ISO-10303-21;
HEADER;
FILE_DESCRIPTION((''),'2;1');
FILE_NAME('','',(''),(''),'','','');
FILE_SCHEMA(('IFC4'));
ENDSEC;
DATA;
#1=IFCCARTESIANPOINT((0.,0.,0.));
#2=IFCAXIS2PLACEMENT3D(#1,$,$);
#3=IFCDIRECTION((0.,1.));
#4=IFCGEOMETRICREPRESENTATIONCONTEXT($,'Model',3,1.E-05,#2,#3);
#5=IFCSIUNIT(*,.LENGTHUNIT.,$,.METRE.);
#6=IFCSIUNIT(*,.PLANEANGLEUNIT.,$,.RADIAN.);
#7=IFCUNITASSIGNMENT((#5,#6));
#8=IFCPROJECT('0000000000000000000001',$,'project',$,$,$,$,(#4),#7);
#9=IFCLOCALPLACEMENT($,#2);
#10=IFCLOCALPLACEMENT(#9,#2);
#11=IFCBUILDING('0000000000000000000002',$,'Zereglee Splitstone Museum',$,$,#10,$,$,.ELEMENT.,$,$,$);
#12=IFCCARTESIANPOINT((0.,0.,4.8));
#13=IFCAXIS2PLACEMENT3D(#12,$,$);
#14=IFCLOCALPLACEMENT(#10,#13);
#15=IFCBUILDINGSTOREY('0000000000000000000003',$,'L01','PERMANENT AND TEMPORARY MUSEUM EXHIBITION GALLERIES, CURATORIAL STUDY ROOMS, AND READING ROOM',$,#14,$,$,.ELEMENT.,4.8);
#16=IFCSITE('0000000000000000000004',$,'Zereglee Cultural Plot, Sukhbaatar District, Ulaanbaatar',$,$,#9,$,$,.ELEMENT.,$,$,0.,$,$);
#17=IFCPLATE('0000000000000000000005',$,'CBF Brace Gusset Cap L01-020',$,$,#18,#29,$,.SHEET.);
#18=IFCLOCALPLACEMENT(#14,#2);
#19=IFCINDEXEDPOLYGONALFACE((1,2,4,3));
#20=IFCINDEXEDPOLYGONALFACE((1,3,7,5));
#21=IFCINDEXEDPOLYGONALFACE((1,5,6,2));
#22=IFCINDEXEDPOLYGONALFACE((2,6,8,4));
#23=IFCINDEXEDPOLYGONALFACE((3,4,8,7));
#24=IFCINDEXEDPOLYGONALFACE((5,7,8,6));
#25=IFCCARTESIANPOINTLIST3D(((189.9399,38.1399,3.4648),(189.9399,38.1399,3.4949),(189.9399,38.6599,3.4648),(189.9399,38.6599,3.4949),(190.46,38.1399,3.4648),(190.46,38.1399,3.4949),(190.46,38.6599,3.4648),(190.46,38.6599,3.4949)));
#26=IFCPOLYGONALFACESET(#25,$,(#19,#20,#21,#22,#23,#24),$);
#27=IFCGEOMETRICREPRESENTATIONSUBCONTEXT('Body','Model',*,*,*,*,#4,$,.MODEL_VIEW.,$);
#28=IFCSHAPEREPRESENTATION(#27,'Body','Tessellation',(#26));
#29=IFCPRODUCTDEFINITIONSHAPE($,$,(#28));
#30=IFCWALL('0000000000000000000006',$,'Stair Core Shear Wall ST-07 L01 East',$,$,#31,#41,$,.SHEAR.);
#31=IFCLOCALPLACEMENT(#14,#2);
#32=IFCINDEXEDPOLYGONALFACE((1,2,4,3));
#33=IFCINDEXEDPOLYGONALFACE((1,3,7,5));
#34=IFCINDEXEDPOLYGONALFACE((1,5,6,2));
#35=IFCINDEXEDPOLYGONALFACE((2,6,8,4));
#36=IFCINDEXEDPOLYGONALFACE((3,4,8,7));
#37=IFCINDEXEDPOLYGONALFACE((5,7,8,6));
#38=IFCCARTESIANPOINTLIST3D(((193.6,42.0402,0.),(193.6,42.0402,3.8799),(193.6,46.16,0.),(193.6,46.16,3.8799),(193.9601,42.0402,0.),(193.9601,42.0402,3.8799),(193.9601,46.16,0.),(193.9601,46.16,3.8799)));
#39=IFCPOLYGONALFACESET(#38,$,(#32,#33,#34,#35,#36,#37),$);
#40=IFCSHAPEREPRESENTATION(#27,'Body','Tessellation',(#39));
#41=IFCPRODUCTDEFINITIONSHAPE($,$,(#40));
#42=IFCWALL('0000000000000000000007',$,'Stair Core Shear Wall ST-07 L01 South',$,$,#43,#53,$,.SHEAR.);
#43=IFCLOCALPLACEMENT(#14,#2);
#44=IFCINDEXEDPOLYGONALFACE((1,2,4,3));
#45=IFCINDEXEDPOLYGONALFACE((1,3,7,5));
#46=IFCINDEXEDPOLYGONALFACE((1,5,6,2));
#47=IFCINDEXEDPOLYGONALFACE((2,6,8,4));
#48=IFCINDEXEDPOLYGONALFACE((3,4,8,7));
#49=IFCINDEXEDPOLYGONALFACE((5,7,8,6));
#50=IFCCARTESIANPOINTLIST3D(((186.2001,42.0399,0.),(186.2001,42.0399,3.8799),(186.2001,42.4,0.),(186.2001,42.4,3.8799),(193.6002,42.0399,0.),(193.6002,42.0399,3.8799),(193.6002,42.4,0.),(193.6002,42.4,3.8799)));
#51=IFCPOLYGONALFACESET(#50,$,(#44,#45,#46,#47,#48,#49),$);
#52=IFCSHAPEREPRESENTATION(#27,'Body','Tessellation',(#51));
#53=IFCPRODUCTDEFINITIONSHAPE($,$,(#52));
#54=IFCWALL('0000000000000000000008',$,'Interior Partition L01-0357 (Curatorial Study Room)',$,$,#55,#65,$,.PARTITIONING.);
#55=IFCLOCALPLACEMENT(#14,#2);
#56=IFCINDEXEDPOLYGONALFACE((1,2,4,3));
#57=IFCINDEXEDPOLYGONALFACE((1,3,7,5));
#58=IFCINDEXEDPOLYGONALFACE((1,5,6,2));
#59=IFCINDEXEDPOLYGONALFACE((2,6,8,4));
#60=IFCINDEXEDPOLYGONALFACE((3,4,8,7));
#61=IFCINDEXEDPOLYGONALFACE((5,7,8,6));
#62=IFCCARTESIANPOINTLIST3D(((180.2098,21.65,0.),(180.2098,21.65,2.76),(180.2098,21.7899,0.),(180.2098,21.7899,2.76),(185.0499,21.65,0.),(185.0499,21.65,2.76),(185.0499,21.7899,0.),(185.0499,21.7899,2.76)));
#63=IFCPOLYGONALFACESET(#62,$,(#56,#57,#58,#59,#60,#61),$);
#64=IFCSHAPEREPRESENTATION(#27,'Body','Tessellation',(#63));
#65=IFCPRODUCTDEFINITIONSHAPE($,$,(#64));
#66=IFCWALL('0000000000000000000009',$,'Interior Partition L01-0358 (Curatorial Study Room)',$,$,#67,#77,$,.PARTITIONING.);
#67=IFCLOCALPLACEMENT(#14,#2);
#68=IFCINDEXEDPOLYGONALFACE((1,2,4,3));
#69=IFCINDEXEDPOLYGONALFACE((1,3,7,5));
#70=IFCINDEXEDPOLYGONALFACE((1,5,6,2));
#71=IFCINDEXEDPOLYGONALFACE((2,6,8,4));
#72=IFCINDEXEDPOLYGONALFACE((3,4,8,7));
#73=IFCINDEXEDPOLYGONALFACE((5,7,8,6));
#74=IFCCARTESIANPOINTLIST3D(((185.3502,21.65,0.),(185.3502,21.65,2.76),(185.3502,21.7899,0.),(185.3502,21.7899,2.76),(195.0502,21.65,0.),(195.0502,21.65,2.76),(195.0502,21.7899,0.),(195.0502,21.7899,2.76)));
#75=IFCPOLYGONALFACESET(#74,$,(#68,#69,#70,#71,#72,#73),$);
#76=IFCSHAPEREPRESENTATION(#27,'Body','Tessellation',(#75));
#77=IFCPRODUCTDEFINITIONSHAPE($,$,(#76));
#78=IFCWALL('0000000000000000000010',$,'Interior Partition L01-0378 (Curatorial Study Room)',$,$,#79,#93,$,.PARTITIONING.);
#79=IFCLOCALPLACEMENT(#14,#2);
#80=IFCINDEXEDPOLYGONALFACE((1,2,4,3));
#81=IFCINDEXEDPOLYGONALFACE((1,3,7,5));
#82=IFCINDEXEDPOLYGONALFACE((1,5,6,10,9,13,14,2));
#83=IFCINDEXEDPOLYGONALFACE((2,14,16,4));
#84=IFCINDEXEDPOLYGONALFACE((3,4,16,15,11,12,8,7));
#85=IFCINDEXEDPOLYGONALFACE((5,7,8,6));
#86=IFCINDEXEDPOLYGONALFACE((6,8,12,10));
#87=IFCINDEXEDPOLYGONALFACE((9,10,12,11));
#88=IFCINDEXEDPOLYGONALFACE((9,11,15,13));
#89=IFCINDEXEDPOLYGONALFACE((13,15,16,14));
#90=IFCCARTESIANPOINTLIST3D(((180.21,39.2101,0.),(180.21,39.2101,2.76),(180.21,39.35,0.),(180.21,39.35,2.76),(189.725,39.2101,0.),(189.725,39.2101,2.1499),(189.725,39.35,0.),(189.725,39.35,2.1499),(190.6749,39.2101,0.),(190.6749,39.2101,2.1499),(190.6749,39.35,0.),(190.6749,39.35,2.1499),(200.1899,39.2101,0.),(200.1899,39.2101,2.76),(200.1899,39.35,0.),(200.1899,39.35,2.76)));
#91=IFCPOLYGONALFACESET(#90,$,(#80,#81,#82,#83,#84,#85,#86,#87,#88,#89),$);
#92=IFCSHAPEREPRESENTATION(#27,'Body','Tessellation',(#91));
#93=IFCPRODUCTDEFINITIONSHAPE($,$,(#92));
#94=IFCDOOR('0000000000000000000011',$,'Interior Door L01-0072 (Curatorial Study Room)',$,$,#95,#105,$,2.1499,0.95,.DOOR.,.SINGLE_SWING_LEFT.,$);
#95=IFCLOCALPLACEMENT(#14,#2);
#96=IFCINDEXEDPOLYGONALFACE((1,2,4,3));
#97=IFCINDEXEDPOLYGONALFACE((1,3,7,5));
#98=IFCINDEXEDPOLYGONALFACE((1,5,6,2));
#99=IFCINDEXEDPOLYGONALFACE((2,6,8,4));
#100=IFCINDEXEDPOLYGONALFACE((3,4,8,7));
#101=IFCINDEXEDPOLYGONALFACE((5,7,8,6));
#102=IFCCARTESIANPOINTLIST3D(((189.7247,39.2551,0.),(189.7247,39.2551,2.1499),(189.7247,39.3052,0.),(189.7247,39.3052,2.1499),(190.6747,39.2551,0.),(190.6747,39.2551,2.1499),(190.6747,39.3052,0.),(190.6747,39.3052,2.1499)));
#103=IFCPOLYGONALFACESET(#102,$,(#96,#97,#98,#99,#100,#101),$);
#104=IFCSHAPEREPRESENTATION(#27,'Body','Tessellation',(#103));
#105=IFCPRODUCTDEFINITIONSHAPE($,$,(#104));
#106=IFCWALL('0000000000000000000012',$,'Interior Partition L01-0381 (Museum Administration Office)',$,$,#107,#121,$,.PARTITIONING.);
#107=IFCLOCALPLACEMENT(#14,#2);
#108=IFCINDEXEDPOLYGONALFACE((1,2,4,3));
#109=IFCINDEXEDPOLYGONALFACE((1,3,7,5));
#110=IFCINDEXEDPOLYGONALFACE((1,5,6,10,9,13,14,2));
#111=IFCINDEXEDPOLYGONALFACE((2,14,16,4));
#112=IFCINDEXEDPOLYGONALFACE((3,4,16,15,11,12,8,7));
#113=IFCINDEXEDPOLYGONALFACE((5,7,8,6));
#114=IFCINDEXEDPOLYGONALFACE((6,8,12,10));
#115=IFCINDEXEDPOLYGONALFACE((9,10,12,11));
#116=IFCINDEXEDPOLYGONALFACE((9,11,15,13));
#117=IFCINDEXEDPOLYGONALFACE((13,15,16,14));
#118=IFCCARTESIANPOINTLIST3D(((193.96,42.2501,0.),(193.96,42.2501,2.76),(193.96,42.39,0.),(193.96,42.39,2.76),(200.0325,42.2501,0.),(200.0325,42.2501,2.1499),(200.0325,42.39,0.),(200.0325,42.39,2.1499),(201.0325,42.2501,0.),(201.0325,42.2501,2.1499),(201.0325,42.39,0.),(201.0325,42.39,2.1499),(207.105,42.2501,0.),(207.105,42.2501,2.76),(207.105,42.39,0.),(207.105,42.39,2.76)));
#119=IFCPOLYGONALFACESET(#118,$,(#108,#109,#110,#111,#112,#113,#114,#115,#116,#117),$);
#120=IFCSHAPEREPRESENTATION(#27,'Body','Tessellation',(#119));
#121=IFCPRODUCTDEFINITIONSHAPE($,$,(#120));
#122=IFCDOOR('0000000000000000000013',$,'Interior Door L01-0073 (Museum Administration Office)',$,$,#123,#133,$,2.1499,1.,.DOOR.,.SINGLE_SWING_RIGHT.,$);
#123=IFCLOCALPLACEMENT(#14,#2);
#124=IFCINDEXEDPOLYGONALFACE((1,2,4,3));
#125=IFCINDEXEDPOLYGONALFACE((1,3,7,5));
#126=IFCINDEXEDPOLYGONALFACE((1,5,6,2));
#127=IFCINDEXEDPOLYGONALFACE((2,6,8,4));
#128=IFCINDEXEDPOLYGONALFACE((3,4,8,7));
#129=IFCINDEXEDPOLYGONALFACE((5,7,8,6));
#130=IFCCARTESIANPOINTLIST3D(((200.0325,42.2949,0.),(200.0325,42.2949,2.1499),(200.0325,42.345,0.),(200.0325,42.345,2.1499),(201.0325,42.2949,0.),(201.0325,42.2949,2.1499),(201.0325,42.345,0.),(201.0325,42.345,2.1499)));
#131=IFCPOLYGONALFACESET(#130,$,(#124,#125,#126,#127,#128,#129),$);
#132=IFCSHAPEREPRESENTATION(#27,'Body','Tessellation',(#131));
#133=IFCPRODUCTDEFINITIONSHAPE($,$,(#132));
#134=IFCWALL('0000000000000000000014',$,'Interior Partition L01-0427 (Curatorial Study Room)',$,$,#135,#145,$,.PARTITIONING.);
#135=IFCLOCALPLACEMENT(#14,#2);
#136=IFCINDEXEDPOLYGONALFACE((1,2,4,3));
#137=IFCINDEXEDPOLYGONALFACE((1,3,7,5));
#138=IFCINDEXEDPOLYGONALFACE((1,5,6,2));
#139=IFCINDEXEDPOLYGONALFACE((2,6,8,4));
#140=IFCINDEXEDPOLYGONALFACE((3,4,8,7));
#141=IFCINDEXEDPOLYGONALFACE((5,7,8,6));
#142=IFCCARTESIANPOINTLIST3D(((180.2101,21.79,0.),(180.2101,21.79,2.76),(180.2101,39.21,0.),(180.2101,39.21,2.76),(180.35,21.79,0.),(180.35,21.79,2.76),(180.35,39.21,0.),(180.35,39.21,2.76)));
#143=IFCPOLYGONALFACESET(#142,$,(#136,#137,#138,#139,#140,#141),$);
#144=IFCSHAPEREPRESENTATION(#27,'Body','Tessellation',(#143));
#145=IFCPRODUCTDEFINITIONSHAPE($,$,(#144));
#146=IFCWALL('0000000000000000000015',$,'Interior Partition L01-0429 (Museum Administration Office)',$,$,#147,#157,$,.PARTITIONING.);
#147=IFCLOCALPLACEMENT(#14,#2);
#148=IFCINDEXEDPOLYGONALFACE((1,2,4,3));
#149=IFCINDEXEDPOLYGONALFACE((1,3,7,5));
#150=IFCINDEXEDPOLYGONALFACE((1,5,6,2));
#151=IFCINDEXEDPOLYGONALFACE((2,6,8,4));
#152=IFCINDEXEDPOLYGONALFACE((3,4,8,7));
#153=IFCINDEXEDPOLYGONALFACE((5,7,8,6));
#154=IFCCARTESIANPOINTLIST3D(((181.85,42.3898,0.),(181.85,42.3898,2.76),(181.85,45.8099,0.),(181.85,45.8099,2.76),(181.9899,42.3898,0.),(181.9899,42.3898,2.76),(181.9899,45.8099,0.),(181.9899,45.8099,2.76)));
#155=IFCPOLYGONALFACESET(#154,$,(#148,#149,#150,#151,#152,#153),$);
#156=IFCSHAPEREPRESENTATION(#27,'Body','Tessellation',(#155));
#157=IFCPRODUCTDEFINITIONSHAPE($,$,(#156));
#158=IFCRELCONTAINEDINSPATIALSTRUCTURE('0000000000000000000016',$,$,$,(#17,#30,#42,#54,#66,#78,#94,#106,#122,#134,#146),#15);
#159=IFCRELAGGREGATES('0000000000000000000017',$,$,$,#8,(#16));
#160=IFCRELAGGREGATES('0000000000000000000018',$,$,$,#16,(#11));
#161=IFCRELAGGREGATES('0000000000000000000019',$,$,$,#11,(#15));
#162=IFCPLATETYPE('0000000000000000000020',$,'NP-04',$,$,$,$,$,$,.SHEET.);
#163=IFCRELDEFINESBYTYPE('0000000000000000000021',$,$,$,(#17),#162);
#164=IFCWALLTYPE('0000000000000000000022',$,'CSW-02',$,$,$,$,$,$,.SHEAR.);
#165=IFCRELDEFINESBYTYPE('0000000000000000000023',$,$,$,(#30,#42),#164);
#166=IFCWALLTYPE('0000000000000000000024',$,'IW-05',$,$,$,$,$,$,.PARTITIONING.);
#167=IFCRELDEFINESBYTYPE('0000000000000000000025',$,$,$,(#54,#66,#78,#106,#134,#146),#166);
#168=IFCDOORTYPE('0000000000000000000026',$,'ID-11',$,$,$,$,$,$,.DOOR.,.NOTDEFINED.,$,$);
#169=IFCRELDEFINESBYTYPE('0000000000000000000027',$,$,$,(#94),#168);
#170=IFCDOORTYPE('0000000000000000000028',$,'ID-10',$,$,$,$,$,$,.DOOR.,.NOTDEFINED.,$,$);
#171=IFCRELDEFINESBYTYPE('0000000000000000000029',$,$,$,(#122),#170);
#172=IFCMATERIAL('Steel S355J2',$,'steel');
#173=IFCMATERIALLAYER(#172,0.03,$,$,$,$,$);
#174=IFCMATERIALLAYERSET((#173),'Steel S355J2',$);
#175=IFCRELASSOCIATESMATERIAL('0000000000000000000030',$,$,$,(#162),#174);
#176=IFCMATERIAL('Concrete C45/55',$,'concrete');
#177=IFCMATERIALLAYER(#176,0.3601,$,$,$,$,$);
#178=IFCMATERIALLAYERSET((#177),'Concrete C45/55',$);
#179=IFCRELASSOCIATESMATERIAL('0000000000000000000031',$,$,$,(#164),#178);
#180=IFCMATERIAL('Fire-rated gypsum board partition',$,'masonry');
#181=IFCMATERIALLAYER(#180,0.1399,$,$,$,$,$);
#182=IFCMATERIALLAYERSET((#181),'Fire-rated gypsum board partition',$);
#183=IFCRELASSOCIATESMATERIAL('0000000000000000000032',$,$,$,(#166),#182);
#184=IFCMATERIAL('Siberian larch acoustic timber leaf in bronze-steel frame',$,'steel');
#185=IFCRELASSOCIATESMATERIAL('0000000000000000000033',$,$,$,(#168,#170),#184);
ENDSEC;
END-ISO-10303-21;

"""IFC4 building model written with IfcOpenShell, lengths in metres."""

from ifc_helpers import new_model, si_unit, direction, frame, frame_2d, origin, origin_2d, place, context, subcontext, project, spatial, rectangle, extrude, material, layer, layer_set, type_object, element, fill, save


model = new_model("IFC4")

# Units and contexts
model_context = context("Model", 3, precision=1e-05, world=origin(), true_north=direction((0.0, 1.0)))
body_context = subcontext(model_context, "Body", "Model", "MODEL_VIEW")
ifc_project = project(units=[si_unit("LENGTHUNIT", "METRE"), si_unit("PLANEANGLEUNIT", "RADIAN")], contexts=[model_context])

# Site, building, storey
site_placement = place(None, origin())
site = spatial("IfcSite", under=ifc_project, at=site_placement, Name="Zereglee Cultural Plot, Sukhbaatar District, Ulaanbaatar", CompositionType="ELEMENT", RefElevation=0.0)
building_placement = place(site_placement, origin())
building = spatial("IfcBuilding", under=site, at=building_placement, Name="Zereglee Splitstone Museum", CompositionType="ELEMENT")
storey_placement = place(building_placement, frame((0.0, 0.0, 4.8)))
storey = spatial("IfcBuildingStorey", under=building, at=storey_placement, Name="L01", Description="PERMANENT AND TEMPORARY MUSEUM EXHIBITION GALLERIES, CURATORIAL STUDY ROOMS, AND READING ROOM", CompositionType="ELEMENT", Elevation=4.8)

# Shared definitions
ifc_material_1 = material(Name="Steel S355J2", Category="steel")

# Plate
ifc_layer_1 = layer(ifc_material_1, 0.03)
ifc_layer_set_1 = layer_set([ifc_layer_1], Name="Steel S355J2")
plate_type = type_object("IfcPlateType", Name="NP-04", PredefinedType="SHEET", material=ifc_layer_set_1)
for number, where, z_axis, x_axis, name in (
    (1, (190.2, 38.3999, 3.4648), (0.0, 0.0, 1.0), (1.0, 0.0, 0.0), "CBF Brace Gusset Cap L01-020"),
):
    element("IfcPlate", number, at=place(storey_placement, frame(where, z_axis=z_axis, x_axis=x_axis)), inside=storey, type_object=plate_type, Name=name, PredefinedType="SHEET", context=body_context, shape_type="SweptSolid", body=[
        extrude(rectangle(XDim=0.52, YDim=0.52, at=origin_2d()), origin(), (0.0, 0.0, 1.0), 0.03),
    ])

# Shared definitions
ifc_material_2 = material(Name="Concrete C45/55", Category="concrete")
ifc_layer_2 = layer(ifc_material_2, 0.3601)
ifc_layer_set_2 = layer_set([ifc_layer_2], Name="Concrete C45/55")
wall_type_1 = type_object("IfcWallType", Name="CSW-02", PredefinedType="SHEAR", material=ifc_layer_set_2)

# Walls
wall_1_placement = place(storey_placement, frame((193.78, 42.04, 0.0), z_axis=(0.0, 0.0, 1.0), x_axis=(0.0, 1.0, 0.0)))
element("IfcWall", 2, at=wall_1_placement, inside=storey, type_object=wall_type_1, Name="Stair Core Shear Wall ST-07 L01 East", PredefinedType="SHEAR", context=body_context, shape_type="SweptSolid", body=[
    extrude(rectangle(XDim=4.1199, YDim=0.3601, at=frame_2d((2.0601, 0.0))), origin(), (0.0, 0.0, 1.0), 3.8799),
])
wall_2_placement = place(storey_placement, frame((186.2, 42.22, 0.0), z_axis=(0.0, 0.0, 1.0), x_axis=(1.0, 0.0, 0.0)))
element("IfcWall", 3, at=wall_2_placement, inside=storey, type_object=wall_type_1, Name="Stair Core Shear Wall ST-07 L01 South", PredefinedType="SHEAR", context=body_context, shape_type="SweptSolid", body=[
    extrude(rectangle(XDim=7.4001, YDim=0.3601, at=frame_2d((3.7002, 0.0))), origin(), (0.0, 0.0, 1.0), 3.8799),
])
ifc_material_3 = material(Name="Fire-rated gypsum board partition", Category="masonry")
ifc_layer_3 = layer(ifc_material_3, 0.1399)
ifc_layer_set_3 = layer_set([ifc_layer_3], Name="Fire-rated gypsum board partition")
wall_type_2 = type_object("IfcWallType", Name="IW-05", PredefinedType="PARTITIONING", material=ifc_layer_set_3)
wall_3_placement = place(storey_placement, frame((180.21, 21.72, 0.0), z_axis=(0.0, 0.0, 1.0), x_axis=(1.0, 0.0, 0.0)))
element("IfcWall", 4, at=wall_3_placement, inside=storey, type_object=wall_type_2, Name="Interior Partition L01-0357 (Curatorial Study Room)", PredefinedType="PARTITIONING", context=body_context, shape_type="SweptSolid", body=[
    extrude(rectangle(XDim=4.8401, YDim=0.1399, at=frame_2d((2.4199, 0.0))), origin(), (0.0, 0.0, 1.0), 2.76),
])
wall_4_placement = place(storey_placement, frame((185.3501, 21.72, 0.0), z_axis=(0.0, 0.0, 1.0), x_axis=(1.0, 0.0, 0.0)))
element("IfcWall", 5, at=wall_4_placement, inside=storey, type_object=wall_type_2, Name="Interior Partition L01-0358 (Curatorial Study Room)", PredefinedType="PARTITIONING", context=body_context, shape_type="SweptSolid", body=[
    extrude(rectangle(XDim=9.7, YDim=0.1399, at=frame_2d((4.8501, 0.0))), origin(), (0.0, 0.0, 1.0), 2.76),
])

# Walls, openings, doors
wall_5_placement = place(storey_placement, frame((180.21, 39.28, 0.0), z_axis=(0.0, 0.0, 1.0), x_axis=(1.0, 0.0, 0.0)))
wall_5 = element("IfcWall", 6, at=wall_5_placement, inside=storey, type_object=wall_type_2, Name="Interior Partition L01-0378 (Curatorial Study Room)", PredefinedType="PARTITIONING", context=body_context, shape_type="SweptSolid", body=[
    extrude(rectangle(XDim=19.98, YDim=0.1399, at=frame_2d((9.99, 0.0))), origin(), (0.0, 0.0, 1.0), 2.76),
])
opening_1_placement = place(wall_5_placement, frame((9.5149, 0.0, 0.0)))
opening_1 = element("IfcOpeningElement", 7, at=opening_1_placement, cuts=wall_5, PredefinedType="OPENING", context=body_context, shape_type="SweptSolid", body=[
    extrude(rectangle(XDim=0.95, YDim=2.1499, at=frame_2d((0.4751, 1.075))), frame((0.0, 0.085, 0.0), z_axis=(0.0, -1.0, 0.0), x_axis=(1.0, 0.0, 0.0)), (0.0, 0.0, 1.0), 0.1697),
])
ifc_material_4 = material(Name="Siberian larch acoustic timber leaf in bronze-steel frame", Category="steel")
door_type_1 = type_object("IfcDoorType", Name="ID-11", OperationType="NOTDEFINED", PredefinedType="DOOR", material=ifc_material_4)
door_1_placement = place(opening_1_placement, frame((0.95, 0.0, 0.0), z_axis=(0.0, 0.0, 1.0), x_axis=(-1.0, 0.0, 0.0)))
door_1 = element("IfcDoor", 8, at=door_1_placement, inside=storey, type_object=door_type_1, Name="Interior Door L01-0072 (Curatorial Study Room)", OperationType="SINGLE_SWING_LEFT", OverallHeight=2.1499, OverallWidth=0.95, PredefinedType="DOOR", context=body_context, shape_type="SweptSolid", body=[
    extrude(rectangle(XDim=0.95, YDim=2.1499, at=frame_2d((0.4751, 1.075))), frame((0.0, 0.0249, 0.0), z_axis=(0.0, -1.0, 0.0), x_axis=(1.0, 0.0, 0.0)), (0.0, 0.0, 1.0), 0.05),
])
fill(opening_1, door_1)
wall_6_placement = place(storey_placement, frame((193.96, 42.3201, 0.0), z_axis=(0.0, 0.0, 1.0), x_axis=(1.0, 0.0, 0.0)))
wall_6 = element("IfcWall", 9, at=wall_6_placement, inside=storey, type_object=wall_type_2, Name="Interior Partition L01-0381 (Museum Administration Office)", PredefinedType="PARTITIONING", context=body_context, shape_type="SweptSolid", body=[
    extrude(rectangle(XDim=13.145, YDim=0.1399, at=frame_2d((6.5725, 0.0))), origin(), (0.0, 0.0, 1.0), 2.76),
])
opening_2_placement = place(wall_6_placement, frame((6.0725, 0.0, 0.0)))
opening_2 = element("IfcOpeningElement", 10, at=opening_2_placement, cuts=wall_6, PredefinedType="OPENING", context=body_context, shape_type="SweptSolid", body=[
    extrude(rectangle(XDim=1.0, YDim=2.1499, at=frame_2d((0.5, 1.075))), frame((0.0, 0.085, 0.0), z_axis=(0.0, -1.0, 0.0), x_axis=(1.0, 0.0, 0.0)), (0.0, 0.0, 1.0), 0.1697),
])
door_type_2 = type_object("IfcDoorType", Name="ID-10", OperationType="NOTDEFINED", PredefinedType="DOOR", material=ifc_material_4)
door_2_placement = place(opening_2_placement, origin())
door_2 = element("IfcDoor", 11, at=door_2_placement, inside=storey, type_object=door_type_2, Name="Interior Door L01-0073 (Museum Administration Office)", OperationType="SINGLE_SWING_RIGHT", OverallHeight=2.1499, OverallWidth=1.0, PredefinedType="DOOR", context=body_context, shape_type="SweptSolid", body=[
    extrude(rectangle(XDim=1.0, YDim=2.1499, at=frame_2d((0.5, 1.075))), frame((0.0, 0.0249, 0.0), z_axis=(0.0, -1.0, 0.0), x_axis=(1.0, 0.0, 0.0)), (0.0, 0.0, 1.0), 0.05),
])
fill(opening_2, door_2)

# Walls
wall_7_placement = place(storey_placement, frame((180.28, 21.79, 0.0), z_axis=(0.0, 0.0, 1.0), x_axis=(0.0, 1.0, 0.0)))
element("IfcWall", 12, at=wall_7_placement, inside=storey, type_object=wall_type_2, Name="Interior Partition L01-0427 (Curatorial Study Room)", PredefinedType="PARTITIONING", context=body_context, shape_type="SweptSolid", body=[
    extrude(rectangle(XDim=17.4199, YDim=0.1399, at=frame_2d((8.71, 0.0))), origin(), (0.0, 0.0, 1.0), 2.76),
])
wall_8_placement = place(storey_placement, frame((181.9199, 42.3899, 0.0), z_axis=(0.0, 0.0, 1.0), x_axis=(0.0, 1.0, 0.0)))
element("IfcWall", 13, at=wall_8_placement, inside=storey, type_object=wall_type_2, Name="Interior Partition L01-0429 (Museum Administration Office)", PredefinedType="PARTITIONING", context=body_context, shape_type="SweptSolid", body=[
    extrude(rectangle(XDim=3.4202, YDim=0.1399, at=frame_2d((1.71, 0.0))), origin(), (0.0, 0.0, 1.0), 2.76),
])

save(model, "model.ifc")
